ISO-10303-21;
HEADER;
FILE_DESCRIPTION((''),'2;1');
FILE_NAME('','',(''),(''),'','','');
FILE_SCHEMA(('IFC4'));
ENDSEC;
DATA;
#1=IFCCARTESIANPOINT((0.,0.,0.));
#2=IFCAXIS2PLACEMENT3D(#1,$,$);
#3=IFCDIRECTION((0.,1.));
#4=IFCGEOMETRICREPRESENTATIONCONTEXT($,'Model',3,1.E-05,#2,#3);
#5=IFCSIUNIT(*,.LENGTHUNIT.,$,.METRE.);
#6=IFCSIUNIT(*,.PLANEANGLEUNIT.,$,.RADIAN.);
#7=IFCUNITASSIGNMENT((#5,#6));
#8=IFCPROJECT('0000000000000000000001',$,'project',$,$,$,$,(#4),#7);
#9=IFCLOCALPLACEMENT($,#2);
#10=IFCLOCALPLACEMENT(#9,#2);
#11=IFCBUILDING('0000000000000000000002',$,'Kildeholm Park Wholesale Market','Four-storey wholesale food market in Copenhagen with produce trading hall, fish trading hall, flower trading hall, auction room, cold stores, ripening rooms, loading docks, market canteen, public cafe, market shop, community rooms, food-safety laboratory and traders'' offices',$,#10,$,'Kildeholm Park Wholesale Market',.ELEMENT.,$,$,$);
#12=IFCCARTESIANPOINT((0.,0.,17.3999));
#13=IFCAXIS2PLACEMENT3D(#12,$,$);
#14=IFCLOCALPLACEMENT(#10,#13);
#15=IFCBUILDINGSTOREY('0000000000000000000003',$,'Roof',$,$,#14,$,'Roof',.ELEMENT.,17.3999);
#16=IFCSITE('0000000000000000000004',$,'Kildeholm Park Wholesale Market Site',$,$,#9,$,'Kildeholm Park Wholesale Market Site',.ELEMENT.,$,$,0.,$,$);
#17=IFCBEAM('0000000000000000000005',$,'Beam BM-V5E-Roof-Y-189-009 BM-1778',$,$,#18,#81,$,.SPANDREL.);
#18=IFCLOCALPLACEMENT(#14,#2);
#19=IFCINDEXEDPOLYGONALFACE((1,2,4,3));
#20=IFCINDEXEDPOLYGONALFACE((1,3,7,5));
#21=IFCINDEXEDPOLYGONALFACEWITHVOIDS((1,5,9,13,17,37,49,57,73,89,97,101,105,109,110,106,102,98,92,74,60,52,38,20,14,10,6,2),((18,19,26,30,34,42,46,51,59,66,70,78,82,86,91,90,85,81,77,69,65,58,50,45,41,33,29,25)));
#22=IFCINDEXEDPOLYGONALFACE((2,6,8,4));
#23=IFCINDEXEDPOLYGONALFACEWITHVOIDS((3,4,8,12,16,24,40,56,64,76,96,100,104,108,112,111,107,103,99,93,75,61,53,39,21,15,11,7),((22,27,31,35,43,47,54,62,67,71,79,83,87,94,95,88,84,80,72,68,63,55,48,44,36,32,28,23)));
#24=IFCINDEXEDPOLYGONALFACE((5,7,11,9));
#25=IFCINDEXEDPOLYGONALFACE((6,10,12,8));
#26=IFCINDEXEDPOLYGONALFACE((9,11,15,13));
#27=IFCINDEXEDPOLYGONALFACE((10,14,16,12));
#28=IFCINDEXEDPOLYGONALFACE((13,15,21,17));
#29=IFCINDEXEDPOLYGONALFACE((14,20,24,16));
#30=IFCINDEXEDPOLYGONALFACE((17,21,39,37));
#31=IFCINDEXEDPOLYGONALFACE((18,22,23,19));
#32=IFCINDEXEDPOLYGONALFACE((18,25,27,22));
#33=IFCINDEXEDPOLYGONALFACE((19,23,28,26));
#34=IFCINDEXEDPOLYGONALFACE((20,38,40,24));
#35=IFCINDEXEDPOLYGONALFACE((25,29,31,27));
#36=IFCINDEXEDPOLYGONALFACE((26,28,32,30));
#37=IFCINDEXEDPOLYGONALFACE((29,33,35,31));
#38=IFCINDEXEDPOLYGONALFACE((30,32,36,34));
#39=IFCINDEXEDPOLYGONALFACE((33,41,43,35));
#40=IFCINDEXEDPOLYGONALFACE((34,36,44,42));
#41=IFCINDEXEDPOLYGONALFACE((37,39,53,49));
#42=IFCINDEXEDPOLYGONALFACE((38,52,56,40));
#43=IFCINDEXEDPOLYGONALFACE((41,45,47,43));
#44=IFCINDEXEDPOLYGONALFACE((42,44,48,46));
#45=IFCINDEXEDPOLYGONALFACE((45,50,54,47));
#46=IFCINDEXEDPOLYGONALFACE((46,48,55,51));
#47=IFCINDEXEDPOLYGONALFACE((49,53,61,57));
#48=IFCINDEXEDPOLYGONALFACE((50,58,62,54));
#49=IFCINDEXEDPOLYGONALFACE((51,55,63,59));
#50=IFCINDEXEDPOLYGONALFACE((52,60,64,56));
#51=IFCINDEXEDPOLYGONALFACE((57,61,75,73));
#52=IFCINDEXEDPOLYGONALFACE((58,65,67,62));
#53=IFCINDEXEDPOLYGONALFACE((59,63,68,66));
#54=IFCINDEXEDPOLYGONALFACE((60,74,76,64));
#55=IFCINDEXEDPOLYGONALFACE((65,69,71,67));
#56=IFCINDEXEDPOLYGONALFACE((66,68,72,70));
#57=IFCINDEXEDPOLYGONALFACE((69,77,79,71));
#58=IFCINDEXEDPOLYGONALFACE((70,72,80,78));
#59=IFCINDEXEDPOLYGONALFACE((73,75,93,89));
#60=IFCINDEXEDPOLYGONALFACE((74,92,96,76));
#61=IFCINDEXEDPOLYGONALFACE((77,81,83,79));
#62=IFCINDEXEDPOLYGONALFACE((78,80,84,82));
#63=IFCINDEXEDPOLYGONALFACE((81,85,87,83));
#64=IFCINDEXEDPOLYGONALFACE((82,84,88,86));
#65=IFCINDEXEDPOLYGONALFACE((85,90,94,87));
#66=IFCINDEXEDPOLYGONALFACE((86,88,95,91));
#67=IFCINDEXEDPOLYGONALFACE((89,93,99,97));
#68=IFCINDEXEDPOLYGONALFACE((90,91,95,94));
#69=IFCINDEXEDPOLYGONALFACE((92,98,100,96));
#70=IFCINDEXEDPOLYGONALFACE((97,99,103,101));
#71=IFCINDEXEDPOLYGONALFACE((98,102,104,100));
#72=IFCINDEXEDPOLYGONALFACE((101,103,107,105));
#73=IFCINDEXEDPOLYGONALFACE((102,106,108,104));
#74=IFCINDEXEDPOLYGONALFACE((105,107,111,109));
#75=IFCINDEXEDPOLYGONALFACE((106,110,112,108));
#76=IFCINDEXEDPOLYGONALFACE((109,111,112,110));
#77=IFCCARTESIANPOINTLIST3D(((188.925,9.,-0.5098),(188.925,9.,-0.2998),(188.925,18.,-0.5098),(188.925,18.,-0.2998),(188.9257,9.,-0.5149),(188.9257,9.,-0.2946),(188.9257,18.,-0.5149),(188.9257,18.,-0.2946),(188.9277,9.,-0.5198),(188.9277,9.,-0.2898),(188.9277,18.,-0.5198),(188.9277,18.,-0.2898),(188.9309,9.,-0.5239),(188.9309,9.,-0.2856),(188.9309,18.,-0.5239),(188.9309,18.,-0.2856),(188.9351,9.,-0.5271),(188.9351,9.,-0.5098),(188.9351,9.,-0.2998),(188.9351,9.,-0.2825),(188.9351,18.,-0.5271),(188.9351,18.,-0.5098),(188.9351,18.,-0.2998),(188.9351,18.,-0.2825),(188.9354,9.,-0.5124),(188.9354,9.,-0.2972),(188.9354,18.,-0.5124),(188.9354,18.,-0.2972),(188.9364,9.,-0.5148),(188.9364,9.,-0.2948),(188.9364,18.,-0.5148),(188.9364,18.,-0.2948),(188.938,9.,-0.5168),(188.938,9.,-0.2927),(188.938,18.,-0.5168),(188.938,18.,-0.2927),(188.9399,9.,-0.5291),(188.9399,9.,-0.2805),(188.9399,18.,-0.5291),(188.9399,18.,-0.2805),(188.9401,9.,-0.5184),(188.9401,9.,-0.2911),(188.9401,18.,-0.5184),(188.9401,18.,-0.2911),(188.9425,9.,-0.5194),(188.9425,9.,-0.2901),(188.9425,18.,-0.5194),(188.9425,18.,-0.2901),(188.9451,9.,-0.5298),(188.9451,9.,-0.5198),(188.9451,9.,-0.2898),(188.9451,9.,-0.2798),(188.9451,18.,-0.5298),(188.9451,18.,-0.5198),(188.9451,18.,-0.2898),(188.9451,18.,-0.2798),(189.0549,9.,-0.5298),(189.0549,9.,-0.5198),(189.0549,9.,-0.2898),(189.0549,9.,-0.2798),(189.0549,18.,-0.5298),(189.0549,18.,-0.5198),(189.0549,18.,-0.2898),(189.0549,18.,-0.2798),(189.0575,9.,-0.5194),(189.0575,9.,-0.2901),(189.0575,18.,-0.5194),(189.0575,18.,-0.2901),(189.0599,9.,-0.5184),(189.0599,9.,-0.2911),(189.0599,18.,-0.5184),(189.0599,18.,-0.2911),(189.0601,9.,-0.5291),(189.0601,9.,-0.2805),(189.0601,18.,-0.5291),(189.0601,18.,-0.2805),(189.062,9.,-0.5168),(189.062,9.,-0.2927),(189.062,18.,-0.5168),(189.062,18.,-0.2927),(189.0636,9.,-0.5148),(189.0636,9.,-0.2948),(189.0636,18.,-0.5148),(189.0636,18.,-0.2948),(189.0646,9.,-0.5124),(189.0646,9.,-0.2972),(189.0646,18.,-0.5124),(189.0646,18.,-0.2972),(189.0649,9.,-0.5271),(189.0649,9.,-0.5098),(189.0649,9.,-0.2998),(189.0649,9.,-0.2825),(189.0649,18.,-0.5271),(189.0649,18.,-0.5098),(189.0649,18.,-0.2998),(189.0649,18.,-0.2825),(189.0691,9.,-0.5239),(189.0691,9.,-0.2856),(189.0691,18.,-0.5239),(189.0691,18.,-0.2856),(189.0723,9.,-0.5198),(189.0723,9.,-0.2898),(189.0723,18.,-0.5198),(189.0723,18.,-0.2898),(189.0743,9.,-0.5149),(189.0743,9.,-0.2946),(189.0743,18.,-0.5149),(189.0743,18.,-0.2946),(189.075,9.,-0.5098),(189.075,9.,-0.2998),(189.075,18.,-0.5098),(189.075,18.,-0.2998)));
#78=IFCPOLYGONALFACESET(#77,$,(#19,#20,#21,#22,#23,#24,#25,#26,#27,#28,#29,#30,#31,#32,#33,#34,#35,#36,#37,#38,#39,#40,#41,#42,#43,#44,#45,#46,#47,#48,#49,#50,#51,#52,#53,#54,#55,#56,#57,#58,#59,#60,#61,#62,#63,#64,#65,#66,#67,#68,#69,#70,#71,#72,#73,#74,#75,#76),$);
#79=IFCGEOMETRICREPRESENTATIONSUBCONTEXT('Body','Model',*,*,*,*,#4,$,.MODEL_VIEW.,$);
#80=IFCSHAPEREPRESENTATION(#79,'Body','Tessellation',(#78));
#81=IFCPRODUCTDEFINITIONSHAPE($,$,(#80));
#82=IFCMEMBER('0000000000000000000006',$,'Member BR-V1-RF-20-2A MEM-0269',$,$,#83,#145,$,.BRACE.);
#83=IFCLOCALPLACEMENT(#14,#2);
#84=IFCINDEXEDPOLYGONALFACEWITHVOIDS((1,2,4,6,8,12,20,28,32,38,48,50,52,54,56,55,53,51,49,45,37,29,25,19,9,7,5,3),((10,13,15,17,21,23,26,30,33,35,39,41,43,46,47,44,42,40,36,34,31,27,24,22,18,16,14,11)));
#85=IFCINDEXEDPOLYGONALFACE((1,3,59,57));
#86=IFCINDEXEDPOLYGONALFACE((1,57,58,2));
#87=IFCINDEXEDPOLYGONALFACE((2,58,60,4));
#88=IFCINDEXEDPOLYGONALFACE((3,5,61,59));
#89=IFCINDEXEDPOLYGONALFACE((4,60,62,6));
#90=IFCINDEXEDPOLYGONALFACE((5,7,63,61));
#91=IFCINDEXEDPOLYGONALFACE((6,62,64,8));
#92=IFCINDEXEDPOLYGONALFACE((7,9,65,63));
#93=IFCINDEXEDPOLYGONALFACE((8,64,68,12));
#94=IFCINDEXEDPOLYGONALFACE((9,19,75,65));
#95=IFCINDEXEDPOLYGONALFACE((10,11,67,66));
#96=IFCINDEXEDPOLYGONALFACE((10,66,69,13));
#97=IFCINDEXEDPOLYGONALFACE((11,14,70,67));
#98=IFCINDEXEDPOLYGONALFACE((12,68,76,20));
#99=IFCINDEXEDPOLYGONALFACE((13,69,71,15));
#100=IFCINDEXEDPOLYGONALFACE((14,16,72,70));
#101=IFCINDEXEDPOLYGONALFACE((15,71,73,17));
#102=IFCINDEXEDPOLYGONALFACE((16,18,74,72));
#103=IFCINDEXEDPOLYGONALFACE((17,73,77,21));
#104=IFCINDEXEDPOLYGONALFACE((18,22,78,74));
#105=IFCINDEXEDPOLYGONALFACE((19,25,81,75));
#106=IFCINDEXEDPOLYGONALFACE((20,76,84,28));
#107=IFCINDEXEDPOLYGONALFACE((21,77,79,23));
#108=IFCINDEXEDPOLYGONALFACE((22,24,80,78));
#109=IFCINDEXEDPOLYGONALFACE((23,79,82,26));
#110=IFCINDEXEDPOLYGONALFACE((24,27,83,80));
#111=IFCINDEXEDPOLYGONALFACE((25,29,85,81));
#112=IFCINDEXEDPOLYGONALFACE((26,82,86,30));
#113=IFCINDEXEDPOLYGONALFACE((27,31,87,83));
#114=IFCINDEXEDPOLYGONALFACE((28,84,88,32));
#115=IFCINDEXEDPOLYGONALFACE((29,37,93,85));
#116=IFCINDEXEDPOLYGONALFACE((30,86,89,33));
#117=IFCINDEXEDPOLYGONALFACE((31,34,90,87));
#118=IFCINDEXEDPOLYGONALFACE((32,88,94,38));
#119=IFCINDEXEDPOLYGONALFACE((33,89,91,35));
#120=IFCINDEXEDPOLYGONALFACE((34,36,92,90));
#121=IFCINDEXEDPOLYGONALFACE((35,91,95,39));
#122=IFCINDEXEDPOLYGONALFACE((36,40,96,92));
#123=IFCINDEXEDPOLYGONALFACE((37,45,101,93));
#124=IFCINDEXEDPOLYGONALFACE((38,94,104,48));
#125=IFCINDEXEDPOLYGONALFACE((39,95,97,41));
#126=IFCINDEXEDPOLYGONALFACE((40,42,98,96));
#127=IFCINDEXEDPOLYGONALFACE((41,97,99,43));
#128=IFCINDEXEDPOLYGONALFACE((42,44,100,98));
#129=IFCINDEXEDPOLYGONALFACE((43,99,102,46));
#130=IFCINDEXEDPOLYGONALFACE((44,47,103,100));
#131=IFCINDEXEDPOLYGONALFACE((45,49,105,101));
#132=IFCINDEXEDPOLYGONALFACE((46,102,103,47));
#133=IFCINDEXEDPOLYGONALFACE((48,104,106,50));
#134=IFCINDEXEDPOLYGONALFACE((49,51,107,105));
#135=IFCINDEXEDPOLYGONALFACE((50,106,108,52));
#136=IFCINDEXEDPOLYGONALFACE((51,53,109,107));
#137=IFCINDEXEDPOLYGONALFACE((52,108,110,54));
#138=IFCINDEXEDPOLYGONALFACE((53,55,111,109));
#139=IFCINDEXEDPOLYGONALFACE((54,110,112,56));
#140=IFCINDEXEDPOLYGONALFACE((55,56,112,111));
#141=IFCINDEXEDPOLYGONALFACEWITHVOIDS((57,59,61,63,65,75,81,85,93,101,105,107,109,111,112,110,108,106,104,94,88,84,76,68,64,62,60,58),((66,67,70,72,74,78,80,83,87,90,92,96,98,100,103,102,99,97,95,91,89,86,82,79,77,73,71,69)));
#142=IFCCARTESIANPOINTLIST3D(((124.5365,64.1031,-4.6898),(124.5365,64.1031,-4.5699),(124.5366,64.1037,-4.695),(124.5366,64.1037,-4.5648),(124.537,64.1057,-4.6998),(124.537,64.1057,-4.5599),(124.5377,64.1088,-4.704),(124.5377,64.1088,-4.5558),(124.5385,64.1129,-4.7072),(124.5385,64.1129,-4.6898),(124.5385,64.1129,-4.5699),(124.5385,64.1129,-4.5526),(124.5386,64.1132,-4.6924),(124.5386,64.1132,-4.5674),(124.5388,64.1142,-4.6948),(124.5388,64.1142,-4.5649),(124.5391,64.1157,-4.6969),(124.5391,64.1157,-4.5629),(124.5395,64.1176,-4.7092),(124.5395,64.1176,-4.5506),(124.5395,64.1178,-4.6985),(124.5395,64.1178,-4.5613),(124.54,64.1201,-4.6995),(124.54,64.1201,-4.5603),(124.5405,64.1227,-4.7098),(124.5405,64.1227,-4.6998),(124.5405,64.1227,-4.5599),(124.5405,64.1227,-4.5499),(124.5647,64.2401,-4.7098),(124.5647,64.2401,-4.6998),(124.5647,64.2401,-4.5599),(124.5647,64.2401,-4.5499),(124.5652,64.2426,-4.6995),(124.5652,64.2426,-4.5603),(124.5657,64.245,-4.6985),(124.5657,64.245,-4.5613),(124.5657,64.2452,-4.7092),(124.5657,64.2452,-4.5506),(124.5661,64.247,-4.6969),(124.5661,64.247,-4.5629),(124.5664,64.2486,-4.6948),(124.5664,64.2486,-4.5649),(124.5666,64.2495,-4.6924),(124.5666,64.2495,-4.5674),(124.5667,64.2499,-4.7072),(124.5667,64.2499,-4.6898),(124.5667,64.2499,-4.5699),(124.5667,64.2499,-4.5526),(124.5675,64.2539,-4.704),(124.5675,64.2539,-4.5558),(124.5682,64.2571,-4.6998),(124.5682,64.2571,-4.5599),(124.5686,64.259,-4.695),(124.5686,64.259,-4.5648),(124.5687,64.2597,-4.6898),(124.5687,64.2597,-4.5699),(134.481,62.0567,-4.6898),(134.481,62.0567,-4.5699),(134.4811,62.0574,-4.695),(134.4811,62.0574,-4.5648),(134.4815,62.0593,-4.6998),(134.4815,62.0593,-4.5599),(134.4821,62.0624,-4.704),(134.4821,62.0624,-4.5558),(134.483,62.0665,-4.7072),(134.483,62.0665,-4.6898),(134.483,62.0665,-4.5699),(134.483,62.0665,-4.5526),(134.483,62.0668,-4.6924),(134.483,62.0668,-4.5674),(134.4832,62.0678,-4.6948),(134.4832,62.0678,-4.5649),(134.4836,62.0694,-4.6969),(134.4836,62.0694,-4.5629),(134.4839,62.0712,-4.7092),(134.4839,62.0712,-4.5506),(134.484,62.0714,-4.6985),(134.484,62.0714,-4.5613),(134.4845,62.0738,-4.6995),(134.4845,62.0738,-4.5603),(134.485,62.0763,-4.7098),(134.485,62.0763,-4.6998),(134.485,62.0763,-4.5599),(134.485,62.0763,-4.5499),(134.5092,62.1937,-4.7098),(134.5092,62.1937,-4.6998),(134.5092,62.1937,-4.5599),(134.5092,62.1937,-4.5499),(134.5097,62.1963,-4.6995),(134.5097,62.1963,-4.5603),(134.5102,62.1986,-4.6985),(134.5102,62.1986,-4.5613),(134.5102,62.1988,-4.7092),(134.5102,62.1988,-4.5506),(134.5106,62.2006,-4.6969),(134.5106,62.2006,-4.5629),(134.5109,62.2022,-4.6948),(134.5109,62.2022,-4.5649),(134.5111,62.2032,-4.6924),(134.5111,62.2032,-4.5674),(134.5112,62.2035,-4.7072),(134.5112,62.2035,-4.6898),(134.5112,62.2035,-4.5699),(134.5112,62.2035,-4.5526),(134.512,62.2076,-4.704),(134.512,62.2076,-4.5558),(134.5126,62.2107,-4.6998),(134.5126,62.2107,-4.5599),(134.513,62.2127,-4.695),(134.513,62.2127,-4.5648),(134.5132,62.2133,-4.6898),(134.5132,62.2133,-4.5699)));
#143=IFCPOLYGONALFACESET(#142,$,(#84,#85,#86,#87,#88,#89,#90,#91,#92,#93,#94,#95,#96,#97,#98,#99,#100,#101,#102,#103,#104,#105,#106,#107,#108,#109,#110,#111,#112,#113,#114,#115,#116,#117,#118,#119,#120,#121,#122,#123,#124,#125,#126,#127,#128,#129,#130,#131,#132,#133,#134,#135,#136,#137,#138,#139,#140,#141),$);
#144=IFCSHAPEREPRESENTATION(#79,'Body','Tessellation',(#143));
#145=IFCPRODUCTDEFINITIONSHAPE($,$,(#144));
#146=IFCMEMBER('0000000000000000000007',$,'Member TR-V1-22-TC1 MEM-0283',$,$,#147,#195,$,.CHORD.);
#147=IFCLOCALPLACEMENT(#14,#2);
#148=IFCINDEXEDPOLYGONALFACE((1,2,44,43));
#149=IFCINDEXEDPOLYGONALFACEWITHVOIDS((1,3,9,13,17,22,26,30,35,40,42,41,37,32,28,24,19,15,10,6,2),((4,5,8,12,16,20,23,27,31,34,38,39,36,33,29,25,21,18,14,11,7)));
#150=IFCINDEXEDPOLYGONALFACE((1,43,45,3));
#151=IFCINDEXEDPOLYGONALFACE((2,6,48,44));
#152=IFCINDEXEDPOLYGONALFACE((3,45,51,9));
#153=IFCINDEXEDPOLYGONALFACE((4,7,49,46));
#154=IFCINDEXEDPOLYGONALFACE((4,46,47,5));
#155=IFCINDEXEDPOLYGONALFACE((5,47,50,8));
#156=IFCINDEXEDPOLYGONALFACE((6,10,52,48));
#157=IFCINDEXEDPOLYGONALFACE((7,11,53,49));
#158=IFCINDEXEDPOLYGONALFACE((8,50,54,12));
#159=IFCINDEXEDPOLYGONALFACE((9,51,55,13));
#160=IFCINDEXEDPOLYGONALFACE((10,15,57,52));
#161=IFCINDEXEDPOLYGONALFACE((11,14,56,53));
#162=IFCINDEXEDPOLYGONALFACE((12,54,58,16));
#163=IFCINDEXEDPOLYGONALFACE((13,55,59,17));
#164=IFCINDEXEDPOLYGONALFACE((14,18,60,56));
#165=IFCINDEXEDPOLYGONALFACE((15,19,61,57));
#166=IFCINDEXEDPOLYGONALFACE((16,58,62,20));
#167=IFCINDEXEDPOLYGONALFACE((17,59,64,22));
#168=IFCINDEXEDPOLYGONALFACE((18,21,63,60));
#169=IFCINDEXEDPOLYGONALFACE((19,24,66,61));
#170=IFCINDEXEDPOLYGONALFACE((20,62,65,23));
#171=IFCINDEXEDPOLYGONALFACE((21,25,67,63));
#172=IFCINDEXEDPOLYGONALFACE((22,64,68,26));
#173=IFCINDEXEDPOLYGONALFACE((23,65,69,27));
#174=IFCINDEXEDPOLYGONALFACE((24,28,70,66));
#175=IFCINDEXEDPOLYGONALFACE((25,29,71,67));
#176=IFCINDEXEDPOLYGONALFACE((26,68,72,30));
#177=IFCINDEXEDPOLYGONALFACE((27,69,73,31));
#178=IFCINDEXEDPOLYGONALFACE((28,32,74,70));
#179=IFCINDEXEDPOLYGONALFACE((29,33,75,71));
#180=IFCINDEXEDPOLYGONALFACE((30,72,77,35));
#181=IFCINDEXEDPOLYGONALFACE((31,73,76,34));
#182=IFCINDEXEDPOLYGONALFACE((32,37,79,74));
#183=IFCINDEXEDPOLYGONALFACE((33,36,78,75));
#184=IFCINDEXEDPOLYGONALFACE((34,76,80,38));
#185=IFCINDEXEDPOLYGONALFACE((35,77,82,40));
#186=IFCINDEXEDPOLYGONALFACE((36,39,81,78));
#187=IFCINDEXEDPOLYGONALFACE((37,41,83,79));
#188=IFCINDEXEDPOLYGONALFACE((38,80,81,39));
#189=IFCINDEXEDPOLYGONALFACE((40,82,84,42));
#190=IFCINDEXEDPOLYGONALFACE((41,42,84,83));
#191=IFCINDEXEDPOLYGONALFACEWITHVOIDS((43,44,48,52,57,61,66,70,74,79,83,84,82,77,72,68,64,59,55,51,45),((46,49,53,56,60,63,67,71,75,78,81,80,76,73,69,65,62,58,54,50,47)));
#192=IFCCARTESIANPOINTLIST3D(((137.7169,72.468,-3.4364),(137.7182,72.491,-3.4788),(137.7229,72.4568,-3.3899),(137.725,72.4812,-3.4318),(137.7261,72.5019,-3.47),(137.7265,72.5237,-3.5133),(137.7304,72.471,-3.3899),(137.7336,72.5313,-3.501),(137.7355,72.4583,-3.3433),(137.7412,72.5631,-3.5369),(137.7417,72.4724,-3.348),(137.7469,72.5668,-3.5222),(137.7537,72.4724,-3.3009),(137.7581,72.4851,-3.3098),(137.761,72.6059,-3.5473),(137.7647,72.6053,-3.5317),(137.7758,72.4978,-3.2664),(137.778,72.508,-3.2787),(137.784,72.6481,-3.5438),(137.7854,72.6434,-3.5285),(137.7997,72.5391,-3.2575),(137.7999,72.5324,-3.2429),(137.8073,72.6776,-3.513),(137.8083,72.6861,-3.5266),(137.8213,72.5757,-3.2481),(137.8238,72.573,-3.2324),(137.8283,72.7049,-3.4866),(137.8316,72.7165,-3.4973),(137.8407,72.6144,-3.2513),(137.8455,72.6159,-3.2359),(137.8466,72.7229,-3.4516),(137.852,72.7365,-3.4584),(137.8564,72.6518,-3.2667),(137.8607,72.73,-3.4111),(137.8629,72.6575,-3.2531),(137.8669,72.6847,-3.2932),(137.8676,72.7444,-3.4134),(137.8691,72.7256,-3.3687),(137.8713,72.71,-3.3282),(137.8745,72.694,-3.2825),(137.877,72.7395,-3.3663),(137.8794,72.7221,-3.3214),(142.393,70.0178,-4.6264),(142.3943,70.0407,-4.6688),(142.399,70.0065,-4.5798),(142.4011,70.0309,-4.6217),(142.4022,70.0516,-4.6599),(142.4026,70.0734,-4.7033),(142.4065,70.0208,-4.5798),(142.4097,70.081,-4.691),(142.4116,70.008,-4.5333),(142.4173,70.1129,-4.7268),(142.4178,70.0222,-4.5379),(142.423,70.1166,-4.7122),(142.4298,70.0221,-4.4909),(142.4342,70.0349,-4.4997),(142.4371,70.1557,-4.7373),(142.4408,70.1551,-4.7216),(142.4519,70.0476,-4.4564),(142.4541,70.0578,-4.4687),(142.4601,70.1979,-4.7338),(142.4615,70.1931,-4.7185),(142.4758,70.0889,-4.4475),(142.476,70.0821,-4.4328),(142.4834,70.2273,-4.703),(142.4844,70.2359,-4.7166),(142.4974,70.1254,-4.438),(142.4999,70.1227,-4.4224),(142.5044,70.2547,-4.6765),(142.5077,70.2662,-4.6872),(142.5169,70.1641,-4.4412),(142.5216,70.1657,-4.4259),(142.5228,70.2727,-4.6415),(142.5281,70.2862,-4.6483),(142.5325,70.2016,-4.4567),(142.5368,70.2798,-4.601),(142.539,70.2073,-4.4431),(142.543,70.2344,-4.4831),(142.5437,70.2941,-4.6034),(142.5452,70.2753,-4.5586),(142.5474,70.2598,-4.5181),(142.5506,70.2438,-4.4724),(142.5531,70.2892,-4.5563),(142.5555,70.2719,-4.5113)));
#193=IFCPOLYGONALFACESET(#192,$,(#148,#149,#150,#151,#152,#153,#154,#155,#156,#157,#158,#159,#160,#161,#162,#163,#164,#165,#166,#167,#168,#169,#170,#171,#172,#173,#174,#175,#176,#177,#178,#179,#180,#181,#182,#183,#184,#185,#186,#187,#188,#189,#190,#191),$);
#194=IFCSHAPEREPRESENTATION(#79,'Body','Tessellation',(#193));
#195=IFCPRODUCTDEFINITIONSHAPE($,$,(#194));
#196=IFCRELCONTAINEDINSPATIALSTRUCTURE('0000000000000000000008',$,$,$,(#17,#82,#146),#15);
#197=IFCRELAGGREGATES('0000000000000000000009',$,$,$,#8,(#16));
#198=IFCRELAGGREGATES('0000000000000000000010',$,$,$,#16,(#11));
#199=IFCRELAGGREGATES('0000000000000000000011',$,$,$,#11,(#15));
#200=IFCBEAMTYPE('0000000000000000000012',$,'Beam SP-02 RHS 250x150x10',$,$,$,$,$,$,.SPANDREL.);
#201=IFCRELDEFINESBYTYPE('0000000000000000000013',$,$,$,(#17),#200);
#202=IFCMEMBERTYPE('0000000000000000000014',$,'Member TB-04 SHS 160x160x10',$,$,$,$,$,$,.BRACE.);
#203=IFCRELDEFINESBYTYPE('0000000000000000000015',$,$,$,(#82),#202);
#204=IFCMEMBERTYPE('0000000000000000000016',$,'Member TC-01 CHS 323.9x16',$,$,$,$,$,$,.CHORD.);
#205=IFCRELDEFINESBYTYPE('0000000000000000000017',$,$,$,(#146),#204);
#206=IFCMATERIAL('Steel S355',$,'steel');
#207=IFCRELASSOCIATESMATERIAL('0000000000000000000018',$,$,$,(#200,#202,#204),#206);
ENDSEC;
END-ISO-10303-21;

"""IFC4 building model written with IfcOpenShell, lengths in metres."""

from ifc_helpers import new_model, si_unit, direction, frame, origin, origin_2d, place, context, subcontext, project, spatial, hollow_rectangle, hollow_circle, extrude, material, material_profile, profile_set, type_object, element, save


model = new_model("IFC4")

# Units and contexts
model_context = context("Model", 3, precision=1e-05, world=origin(), true_north=direction((0.0, 1.0)))
body_context = subcontext(model_context, "Body", "Model", "MODEL_VIEW")
ifc_project = project(units=[si_unit("LENGTHUNIT", "METRE"), si_unit("PLANEANGLEUNIT", "RADIAN")], contexts=[model_context])

# Site, building, storey
site_placement = place(None, origin())
site = spatial("IfcSite", under=ifc_project, at=site_placement, Name="Kildeholm Park Wholesale Market Site", LongName="Kildeholm Park Wholesale Market Site", CompositionType="ELEMENT", RefElevation=0.0)
building_placement = place(site_placement, origin())
building = spatial("IfcBuilding", under=site, at=building_placement, Name="Kildeholm Park Wholesale Market", Description="Four-storey wholesale food market in Copenhagen with produce trading hall, fish trading hall, flower trading hall, auction room, cold stores, ripening rooms, loading docks, market canteen, public cafe, market shop, community rooms, food-safety laboratory and traders' offices", LongName="Kildeholm Park Wholesale Market", CompositionType="ELEMENT")
storey_placement = place(building_placement, frame((0.0, 0.0, 17.3999)))
storey = spatial("IfcBuildingStorey", under=building, at=storey_placement, Name="Roof", LongName="Roof", CompositionType="ELEMENT", Elevation=17.3999)

# Beam
ifc_material_1 = material(Name="Steel S355", Category="steel")
ifc_material_profile_1 = material_profile(ifc_material_1, hollow_rectangle(XDim=0.1499, YDim=0.25, WallThickness=0.01, InnerFilletRadius=0.01, OuterFilletRadius=0.02, at=origin_2d()), Name="RHS 250x150x10")
ifc_profile_set_1 = profile_set([ifc_material_profile_1], Name="Steel S355")
beam_type_1 = type_object("IfcBeamType", Name="Beam SP-02 RHS 250x150x10", PredefinedType="SPANDREL", material=ifc_profile_set_1)
beam_1_placement = place(storey_placement, frame((189.0, 9.0, -0.4048), z_axis=(0.0, 1.0, 0.0), x_axis=(-1.0, 0.0, 0.0)))
element("IfcBeam", 1, at=beam_1_placement, inside=storey, type_object=beam_type_1, Name="Beam BM-V5E-Roof-Y-189-009 BM-1778", PredefinedType="SPANDREL", context=body_context, shape_type="SweptSolid", body=[
    extrude(hollow_rectangle(XDim=0.1499, YDim=0.25, WallThickness=0.01, InnerFilletRadius=0.01, OuterFilletRadius=0.02, at=origin_2d()), origin(), (0.0, 0.0, 1.0), 9.0),
])

# Members
ifc_material_profile_2 = material_profile(ifc_material_1, hollow_rectangle(XDim=0.1599, YDim=0.1599, WallThickness=0.01, InnerFilletRadius=0.01, OuterFilletRadius=0.02, at=origin_2d()), Name="SHS 160x160x10")
ifc_profile_set_2 = profile_set([ifc_material_profile_2], Name="Steel S355")
member_type_1 = type_object("IfcMemberType", Name="Member TB-04 SHS 160x160x10", PredefinedType="BRACE", material=ifc_profile_set_2)
member_1_placement = place(storey_placement, frame((134.4971, 62.135, -4.6299), z_axis=(-0.979477, 0.201556, 0.0), x_axis=(-0.201556, -0.979477, 0.0)))
element("IfcMember", 2, at=member_1_placement, inside=storey, type_object=member_type_1, Name="Member BR-V1-RF-20-2A MEM-0269", PredefinedType="BRACE", context=body_context, shape_type="SweptSolid", body=[
    extrude(hollow_rectangle(XDim=0.1599, YDim=0.1599, WallThickness=0.01, InnerFilletRadius=0.01, OuterFilletRadius=0.02, at=origin_2d()), origin(), (0.0, 0.0, 1.0), 10.1528),
])
ifc_material_profile_3 = material_profile(ifc_material_1, hollow_circle(Radius=0.1619, WallThickness=0.0161, at=origin_2d()), Name="CHS 323.9x16")
ifc_profile_set_3 = profile_set([ifc_material_profile_3], Name="Steel S355")
member_type_2 = type_object("IfcMemberType", Name="Member TC-01 CHS 323.9x16", PredefinedType="CHORD", material=ifc_profile_set_3)
member_2_placement = place(storey_placement, frame((142.4741, 70.1499, -4.5798), z_axis=(-0.864086, 0.452773, 0.21989), x_axis=(-0.464133, -0.885765, 0.0)))
element("IfcMember", 3, at=member_2_placement, inside=storey, type_object=member_type_2, Name="Member TR-V1-22-TC1 MEM-0283", PredefinedType="CHORD", context=body_context, shape_type="SweptSolid", body=[
    extrude(hollow_circle(Radius=0.1619, WallThickness=0.0161, at=origin_2d()), origin(), (0.0, 0.0, 1.0), 5.4116),
])

save(model, "model.ifc")
